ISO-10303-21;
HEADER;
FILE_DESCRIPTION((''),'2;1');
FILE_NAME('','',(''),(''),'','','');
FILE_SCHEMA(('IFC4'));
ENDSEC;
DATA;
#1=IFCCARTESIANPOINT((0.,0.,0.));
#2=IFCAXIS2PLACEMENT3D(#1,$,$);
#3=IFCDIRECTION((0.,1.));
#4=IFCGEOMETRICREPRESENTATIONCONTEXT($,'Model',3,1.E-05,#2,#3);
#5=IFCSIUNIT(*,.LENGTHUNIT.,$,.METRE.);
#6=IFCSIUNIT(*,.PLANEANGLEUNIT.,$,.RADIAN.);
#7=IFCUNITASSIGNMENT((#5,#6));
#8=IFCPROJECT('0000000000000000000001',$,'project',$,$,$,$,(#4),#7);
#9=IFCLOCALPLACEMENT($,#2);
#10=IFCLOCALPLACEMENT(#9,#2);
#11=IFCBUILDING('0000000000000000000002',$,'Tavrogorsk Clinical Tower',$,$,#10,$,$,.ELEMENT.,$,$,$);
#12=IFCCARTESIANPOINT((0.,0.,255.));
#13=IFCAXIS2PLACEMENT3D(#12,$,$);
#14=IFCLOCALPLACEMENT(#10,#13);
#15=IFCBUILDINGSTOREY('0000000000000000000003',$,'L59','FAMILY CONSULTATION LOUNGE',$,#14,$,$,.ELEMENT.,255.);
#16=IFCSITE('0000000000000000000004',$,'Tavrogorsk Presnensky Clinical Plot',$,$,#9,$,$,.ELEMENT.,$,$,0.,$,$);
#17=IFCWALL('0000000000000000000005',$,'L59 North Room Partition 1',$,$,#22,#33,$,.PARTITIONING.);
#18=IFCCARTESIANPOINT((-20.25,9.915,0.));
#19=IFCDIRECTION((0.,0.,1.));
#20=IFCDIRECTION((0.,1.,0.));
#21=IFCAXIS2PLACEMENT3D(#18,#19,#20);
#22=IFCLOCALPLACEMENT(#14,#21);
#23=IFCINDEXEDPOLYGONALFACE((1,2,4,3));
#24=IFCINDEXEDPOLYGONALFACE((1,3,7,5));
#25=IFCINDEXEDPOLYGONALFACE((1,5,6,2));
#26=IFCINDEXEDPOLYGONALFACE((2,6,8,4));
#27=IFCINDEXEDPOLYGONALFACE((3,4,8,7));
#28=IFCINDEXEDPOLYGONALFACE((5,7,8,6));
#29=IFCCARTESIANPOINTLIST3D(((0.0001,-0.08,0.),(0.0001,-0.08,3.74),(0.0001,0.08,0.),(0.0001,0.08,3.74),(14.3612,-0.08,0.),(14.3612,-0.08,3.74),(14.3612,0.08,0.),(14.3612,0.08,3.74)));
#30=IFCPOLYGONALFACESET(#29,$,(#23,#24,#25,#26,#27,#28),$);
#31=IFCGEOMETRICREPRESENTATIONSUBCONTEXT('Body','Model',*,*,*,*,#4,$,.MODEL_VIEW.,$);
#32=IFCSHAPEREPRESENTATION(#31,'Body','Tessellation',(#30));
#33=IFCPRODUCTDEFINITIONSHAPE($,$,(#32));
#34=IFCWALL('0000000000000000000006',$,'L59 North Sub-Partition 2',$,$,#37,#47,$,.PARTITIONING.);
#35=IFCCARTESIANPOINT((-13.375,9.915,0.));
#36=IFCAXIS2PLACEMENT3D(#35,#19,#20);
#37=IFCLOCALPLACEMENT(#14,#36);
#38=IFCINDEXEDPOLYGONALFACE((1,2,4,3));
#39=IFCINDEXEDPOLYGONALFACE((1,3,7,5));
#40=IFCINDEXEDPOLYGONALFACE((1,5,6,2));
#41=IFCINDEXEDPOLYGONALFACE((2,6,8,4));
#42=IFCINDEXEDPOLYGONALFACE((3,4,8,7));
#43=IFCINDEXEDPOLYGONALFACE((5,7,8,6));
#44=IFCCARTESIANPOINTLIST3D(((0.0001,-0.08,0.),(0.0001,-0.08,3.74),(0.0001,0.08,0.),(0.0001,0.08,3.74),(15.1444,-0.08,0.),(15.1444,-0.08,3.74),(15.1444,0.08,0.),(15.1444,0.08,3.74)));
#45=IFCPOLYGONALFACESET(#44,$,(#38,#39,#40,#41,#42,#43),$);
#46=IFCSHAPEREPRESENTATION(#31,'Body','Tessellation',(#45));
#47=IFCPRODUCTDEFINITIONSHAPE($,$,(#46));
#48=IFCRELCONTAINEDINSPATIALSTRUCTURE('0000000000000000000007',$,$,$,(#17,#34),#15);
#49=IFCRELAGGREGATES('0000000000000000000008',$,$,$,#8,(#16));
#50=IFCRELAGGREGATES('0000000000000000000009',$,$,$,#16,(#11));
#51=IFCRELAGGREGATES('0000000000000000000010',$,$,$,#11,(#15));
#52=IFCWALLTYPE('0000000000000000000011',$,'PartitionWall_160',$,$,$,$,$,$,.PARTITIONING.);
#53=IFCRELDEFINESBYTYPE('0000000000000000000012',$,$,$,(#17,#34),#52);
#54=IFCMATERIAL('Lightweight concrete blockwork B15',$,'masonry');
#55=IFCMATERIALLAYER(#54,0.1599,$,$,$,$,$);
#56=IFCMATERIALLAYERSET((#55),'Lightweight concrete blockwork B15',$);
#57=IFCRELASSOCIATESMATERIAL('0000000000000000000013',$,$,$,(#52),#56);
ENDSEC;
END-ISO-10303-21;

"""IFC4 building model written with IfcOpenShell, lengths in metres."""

from ifc_helpers import new_model, si_unit, direction, frame, frame_2d, origin, place, context, subcontext, project, spatial, rectangle, extrude, material, layer, layer_set, type_object, element, save


model = new_model("IFC4")

# Units and contexts
model_context = context("Model", 3, precision=1e-05, world=origin(), true_north=direction((0.0, 1.0)))
body_context = subcontext(model_context, "Body", "Model", "MODEL_VIEW")
ifc_project = project(units=[si_unit("LENGTHUNIT", "METRE"), si_unit("PLANEANGLEUNIT", "RADIAN")], contexts=[model_context])

# Site, building, storey
site_placement = place(None, origin())
site = spatial("IfcSite", under=ifc_project, at=site_placement, Name="Tavrogorsk Presnensky Clinical Plot", CompositionType="ELEMENT", RefElevation=0.0)
building_placement = place(site_placement, origin())
building = spatial("IfcBuilding", under=site, at=building_placement, Name="Tavrogorsk Clinical Tower", CompositionType="ELEMENT")
storey_placement = place(building_placement, frame((0.0, 0.0, 255.0)))
storey = spatial("IfcBuildingStorey", under=building, at=storey_placement, Name="L59", Description="FAMILY CONSULTATION LOUNGE", CompositionType="ELEMENT", Elevation=255.0)

# Walls
ifc_material_1 = material(Name="Lightweight concrete blockwork B15", Category="masonry")
ifc_layer_1 = layer(ifc_material_1, 0.1599)
ifc_layer_set_1 = layer_set([ifc_layer_1], Name="Lightweight concrete blockwork B15")
wall_type_1 = type_object("IfcWallType", Name="PartitionWall_160", PredefinedType="PARTITIONING", material=ifc_layer_set_1)
wall_1_placement = place(storey_placement, frame((-20.25, 9.915, 0.0), z_axis=(0.0, 0.0, 1.0), x_axis=(0.0, 1.0, 0.0)))
element("IfcWall", 1, at=wall_1_placement, inside=storey, type_object=wall_type_1, Name="L59 North Room Partition 1", PredefinedType="PARTITIONING", context=body_context, shape_type="SweptSolid", body=[
    extrude(rectangle(XDim=14.3611, YDim=0.1599, at=frame_2d((7.1807, 0.0))), origin(), (0.0, 0.0, 1.0), 3.74),
])
wall_2_placement = place(storey_placement, frame((-13.375, 9.915, 0.0), z_axis=(0.0, 0.0, 1.0), x_axis=(0.0, 1.0, 0.0)))
element("IfcWall", 2, at=wall_2_placement, inside=storey, type_object=wall_type_1, Name="L59 North Sub-Partition 2", PredefinedType="PARTITIONING", context=body_context, shape_type="SweptSolid", body=[
    extrude(rectangle(XDim=15.1443, YDim=0.1599, at=frame_2d((7.5723, 0.0))), origin(), (0.0, 0.0, 1.0), 3.74),
])

save(model, "model.ifc")
